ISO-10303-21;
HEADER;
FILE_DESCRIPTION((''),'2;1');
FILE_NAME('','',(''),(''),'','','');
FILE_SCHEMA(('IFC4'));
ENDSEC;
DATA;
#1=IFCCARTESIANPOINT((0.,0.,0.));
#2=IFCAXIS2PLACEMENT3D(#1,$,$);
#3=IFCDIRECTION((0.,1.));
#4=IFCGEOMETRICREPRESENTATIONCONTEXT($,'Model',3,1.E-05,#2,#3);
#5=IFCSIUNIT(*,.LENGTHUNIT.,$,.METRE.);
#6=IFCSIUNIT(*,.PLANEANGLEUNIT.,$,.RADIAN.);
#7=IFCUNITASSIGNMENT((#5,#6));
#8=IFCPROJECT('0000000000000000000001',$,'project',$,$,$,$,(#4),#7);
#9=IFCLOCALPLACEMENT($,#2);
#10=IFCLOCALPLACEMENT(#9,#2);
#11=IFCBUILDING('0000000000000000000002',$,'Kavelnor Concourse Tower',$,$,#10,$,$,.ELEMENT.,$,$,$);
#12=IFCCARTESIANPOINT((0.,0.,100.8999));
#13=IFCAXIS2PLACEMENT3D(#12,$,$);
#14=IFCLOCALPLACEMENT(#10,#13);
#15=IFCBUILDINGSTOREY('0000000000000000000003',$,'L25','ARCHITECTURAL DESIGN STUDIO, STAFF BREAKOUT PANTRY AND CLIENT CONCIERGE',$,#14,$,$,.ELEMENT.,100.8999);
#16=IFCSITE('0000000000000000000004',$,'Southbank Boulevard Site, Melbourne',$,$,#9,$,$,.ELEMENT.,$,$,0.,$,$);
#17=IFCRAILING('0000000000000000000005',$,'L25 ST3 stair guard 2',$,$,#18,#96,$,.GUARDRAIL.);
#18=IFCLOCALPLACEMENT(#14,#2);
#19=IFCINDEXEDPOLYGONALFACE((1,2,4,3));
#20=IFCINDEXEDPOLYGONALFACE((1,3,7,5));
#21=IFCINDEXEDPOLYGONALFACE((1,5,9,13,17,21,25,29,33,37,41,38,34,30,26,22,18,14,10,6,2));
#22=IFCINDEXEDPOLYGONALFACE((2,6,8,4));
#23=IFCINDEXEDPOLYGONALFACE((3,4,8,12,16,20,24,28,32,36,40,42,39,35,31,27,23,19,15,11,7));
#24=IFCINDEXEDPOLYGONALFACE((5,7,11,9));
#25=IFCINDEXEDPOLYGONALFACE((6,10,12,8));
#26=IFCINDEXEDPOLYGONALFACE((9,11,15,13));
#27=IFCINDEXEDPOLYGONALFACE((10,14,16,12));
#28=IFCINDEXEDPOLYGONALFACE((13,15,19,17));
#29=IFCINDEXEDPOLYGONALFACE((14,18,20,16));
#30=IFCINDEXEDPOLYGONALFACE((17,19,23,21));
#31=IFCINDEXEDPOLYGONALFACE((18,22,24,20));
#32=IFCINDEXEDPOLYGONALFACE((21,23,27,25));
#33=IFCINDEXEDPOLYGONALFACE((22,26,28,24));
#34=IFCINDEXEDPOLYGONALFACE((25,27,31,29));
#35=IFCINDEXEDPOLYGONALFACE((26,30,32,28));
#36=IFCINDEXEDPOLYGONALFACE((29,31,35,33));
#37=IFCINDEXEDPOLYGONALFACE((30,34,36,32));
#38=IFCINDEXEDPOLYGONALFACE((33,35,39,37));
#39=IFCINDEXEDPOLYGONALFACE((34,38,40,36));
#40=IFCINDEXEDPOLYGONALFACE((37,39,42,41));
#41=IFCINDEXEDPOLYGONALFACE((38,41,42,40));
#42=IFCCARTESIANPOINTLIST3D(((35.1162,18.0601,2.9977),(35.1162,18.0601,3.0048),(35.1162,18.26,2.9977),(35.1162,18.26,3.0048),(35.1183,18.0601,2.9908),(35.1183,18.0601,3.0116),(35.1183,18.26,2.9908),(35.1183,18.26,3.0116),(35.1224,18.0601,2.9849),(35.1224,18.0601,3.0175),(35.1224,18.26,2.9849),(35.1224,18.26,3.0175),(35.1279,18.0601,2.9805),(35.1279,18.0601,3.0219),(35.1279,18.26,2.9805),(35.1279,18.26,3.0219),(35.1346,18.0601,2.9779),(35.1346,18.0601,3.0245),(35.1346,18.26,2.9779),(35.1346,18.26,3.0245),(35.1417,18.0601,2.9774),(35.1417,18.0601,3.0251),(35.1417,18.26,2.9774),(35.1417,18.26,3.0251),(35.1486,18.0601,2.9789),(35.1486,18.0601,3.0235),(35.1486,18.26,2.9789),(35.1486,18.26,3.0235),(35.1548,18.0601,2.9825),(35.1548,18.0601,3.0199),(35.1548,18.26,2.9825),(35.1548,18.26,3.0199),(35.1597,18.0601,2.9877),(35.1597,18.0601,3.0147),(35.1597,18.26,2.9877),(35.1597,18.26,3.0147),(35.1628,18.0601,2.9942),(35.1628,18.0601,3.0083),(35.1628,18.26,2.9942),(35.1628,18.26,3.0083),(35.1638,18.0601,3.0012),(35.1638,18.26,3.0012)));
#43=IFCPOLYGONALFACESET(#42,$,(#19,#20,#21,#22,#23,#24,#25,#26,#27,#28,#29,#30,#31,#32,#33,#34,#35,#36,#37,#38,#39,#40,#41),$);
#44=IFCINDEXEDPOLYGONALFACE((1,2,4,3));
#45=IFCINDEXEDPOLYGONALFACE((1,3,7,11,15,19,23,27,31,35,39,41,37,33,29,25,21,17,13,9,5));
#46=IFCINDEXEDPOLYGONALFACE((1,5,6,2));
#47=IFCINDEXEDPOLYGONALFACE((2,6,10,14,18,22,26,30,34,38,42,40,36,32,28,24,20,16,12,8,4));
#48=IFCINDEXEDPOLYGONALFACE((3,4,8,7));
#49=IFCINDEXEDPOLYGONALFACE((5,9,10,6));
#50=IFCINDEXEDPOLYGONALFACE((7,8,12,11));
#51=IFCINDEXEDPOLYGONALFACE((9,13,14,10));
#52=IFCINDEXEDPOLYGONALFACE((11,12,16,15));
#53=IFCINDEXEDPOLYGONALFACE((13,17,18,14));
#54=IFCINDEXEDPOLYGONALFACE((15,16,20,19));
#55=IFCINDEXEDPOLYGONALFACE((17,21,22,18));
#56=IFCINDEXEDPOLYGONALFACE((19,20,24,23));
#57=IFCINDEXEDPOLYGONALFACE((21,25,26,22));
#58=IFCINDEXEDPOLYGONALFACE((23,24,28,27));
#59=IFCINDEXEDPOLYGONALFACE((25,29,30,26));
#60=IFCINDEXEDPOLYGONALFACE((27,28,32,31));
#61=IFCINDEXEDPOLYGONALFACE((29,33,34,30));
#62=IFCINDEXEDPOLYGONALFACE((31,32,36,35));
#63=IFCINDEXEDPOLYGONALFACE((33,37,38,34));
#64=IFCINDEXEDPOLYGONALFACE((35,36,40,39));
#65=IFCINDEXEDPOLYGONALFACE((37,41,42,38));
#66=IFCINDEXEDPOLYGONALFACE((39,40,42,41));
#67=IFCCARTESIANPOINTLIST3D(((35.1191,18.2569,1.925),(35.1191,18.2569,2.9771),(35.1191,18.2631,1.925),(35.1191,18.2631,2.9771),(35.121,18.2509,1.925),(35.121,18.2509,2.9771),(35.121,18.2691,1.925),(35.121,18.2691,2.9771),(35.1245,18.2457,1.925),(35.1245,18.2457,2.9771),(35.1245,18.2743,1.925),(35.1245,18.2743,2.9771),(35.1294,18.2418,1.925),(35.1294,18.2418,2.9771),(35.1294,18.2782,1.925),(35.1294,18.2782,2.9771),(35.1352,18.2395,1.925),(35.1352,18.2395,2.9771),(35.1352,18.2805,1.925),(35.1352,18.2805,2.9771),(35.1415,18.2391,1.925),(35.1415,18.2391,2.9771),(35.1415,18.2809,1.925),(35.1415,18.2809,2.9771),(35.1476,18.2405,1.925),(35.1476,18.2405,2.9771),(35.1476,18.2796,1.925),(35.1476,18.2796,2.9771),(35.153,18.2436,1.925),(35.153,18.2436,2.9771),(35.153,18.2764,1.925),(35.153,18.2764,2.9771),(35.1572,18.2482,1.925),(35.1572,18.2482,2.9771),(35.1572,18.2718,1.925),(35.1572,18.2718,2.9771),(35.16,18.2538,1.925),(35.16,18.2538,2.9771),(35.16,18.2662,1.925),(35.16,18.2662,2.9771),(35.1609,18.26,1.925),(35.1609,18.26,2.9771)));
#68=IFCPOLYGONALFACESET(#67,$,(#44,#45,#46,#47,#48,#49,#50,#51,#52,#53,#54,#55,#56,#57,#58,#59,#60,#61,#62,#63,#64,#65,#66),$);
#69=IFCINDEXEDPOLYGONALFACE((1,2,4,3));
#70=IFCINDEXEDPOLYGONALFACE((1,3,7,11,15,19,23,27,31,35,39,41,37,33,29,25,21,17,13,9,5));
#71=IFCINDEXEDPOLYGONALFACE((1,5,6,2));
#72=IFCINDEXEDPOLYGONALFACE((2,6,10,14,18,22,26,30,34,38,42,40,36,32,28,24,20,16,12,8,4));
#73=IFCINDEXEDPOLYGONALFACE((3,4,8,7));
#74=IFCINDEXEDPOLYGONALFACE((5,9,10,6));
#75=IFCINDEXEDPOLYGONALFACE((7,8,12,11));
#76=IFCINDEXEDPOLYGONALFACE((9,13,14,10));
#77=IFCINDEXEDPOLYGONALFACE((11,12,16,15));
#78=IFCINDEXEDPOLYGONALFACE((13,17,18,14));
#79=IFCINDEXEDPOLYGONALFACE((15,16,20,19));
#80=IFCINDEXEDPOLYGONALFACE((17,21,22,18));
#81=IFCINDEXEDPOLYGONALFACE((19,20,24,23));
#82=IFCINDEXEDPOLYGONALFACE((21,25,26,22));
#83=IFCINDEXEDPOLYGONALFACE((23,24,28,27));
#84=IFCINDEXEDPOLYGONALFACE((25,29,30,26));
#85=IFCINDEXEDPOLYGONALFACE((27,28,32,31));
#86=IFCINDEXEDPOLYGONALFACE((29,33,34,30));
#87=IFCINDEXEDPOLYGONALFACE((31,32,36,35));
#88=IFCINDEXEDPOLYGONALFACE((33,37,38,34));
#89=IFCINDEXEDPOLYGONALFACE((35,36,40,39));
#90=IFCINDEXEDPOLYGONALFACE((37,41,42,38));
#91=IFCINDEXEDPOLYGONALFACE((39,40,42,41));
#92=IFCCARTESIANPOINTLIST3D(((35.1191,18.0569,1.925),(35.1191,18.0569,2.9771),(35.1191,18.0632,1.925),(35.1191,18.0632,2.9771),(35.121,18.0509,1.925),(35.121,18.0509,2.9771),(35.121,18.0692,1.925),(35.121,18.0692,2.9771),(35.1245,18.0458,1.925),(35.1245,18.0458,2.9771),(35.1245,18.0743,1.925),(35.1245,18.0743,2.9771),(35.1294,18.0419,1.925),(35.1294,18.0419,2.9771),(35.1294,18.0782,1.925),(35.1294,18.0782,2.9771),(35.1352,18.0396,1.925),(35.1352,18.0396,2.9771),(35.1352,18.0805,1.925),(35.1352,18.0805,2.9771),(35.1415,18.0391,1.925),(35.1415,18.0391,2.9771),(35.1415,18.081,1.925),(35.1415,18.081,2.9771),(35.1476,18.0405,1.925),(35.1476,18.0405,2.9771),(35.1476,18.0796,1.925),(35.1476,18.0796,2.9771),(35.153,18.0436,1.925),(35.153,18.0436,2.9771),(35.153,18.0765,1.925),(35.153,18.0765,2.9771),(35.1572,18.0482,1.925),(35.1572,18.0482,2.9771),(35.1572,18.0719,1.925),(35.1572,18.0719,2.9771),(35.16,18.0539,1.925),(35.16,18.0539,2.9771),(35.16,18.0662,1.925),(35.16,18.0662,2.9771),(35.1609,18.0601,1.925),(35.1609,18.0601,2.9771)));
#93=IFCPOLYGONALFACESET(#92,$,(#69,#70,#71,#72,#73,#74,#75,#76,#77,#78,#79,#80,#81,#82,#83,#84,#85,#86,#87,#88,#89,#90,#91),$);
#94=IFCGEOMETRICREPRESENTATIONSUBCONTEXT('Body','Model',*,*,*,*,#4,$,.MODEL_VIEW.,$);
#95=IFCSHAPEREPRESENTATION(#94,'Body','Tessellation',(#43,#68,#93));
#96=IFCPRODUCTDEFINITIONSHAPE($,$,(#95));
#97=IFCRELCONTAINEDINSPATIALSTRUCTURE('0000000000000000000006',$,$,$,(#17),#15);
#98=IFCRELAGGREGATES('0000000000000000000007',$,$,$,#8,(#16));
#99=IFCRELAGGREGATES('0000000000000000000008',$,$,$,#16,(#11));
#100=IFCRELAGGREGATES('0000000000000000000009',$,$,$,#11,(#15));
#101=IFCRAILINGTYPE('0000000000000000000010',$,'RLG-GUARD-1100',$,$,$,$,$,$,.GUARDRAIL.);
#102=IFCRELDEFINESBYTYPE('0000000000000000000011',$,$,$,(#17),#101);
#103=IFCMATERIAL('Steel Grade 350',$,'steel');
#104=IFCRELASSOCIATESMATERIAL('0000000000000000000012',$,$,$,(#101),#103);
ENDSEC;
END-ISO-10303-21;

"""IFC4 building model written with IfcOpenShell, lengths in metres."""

from ifc_helpers import new_model, si_unit, direction, frame, origin, origin_2d, place, context, subcontext, project, spatial, circle, extrude, material, type_object, element, save


model = new_model("IFC4")

# Units and contexts
model_context = context("Model", 3, precision=1e-05, world=origin(), true_north=direction((0.0, 1.0)))
body_context = subcontext(model_context, "Body", "Model", "MODEL_VIEW")
ifc_project = project(units=[si_unit("LENGTHUNIT", "METRE"), si_unit("PLANEANGLEUNIT", "RADIAN")], contexts=[model_context])

# Site, building, storey
site_placement = place(None, origin())
site = spatial("IfcSite", under=ifc_project, at=site_placement, Name="Southbank Boulevard Site, Melbourne", CompositionType="ELEMENT", RefElevation=0.0)
building_placement = place(site_placement, origin())
building = spatial("IfcBuilding", under=site, at=building_placement, Name="Kavelnor Concourse Tower", CompositionType="ELEMENT")
storey_placement = place(building_placement, frame((0.0, 0.0, 100.8999)))
storey = spatial("IfcBuildingStorey", under=building, at=storey_placement, Name="L25", Description="ARCHITECTURAL DESIGN STUDIO, STAFF BREAKOUT PANTRY AND CLIENT CONCIERGE", CompositionType="ELEMENT", Elevation=100.8999)

# Shared definitions
ifc_material_1 = material(Name="Steel Grade 350", Category="steel")

# Railing
railing_type_1 = type_object("IfcRailingType", Name="RLG-GUARD-1100", PredefinedType="GUARDRAIL", material=ifc_material_1)
railing_1_placement = place(storey_placement, frame((35.1399, 18.26, 1.925)))
element("IfcRailing", 1, at=railing_1_placement, inside=storey, type_object=railing_type_1, Name="L25 ST3 stair guard 2", PredefinedType="GUARDRAIL", context=body_context, shape_type="SweptSolid", body=[
    extrude(circle(Radius=0.0239, at=origin_2d()), frame((0.0, 0.0, 1.0762), z_axis=(0.0, -1.0, 0.0), x_axis=(1.0, 0.0, 0.0)), (0.0, 0.0, 1.0), 0.2),
    extrude(circle(Radius=0.021, at=origin_2d()), origin(), (0.0, 0.0, 1.0), 1.052),
    extrude(circle(Radius=0.021, at=origin_2d()), frame((0.0, -0.2, 0.0)), (0.0, 0.0, 1.0), 1.052),
])

save(model, "model.ifc")
